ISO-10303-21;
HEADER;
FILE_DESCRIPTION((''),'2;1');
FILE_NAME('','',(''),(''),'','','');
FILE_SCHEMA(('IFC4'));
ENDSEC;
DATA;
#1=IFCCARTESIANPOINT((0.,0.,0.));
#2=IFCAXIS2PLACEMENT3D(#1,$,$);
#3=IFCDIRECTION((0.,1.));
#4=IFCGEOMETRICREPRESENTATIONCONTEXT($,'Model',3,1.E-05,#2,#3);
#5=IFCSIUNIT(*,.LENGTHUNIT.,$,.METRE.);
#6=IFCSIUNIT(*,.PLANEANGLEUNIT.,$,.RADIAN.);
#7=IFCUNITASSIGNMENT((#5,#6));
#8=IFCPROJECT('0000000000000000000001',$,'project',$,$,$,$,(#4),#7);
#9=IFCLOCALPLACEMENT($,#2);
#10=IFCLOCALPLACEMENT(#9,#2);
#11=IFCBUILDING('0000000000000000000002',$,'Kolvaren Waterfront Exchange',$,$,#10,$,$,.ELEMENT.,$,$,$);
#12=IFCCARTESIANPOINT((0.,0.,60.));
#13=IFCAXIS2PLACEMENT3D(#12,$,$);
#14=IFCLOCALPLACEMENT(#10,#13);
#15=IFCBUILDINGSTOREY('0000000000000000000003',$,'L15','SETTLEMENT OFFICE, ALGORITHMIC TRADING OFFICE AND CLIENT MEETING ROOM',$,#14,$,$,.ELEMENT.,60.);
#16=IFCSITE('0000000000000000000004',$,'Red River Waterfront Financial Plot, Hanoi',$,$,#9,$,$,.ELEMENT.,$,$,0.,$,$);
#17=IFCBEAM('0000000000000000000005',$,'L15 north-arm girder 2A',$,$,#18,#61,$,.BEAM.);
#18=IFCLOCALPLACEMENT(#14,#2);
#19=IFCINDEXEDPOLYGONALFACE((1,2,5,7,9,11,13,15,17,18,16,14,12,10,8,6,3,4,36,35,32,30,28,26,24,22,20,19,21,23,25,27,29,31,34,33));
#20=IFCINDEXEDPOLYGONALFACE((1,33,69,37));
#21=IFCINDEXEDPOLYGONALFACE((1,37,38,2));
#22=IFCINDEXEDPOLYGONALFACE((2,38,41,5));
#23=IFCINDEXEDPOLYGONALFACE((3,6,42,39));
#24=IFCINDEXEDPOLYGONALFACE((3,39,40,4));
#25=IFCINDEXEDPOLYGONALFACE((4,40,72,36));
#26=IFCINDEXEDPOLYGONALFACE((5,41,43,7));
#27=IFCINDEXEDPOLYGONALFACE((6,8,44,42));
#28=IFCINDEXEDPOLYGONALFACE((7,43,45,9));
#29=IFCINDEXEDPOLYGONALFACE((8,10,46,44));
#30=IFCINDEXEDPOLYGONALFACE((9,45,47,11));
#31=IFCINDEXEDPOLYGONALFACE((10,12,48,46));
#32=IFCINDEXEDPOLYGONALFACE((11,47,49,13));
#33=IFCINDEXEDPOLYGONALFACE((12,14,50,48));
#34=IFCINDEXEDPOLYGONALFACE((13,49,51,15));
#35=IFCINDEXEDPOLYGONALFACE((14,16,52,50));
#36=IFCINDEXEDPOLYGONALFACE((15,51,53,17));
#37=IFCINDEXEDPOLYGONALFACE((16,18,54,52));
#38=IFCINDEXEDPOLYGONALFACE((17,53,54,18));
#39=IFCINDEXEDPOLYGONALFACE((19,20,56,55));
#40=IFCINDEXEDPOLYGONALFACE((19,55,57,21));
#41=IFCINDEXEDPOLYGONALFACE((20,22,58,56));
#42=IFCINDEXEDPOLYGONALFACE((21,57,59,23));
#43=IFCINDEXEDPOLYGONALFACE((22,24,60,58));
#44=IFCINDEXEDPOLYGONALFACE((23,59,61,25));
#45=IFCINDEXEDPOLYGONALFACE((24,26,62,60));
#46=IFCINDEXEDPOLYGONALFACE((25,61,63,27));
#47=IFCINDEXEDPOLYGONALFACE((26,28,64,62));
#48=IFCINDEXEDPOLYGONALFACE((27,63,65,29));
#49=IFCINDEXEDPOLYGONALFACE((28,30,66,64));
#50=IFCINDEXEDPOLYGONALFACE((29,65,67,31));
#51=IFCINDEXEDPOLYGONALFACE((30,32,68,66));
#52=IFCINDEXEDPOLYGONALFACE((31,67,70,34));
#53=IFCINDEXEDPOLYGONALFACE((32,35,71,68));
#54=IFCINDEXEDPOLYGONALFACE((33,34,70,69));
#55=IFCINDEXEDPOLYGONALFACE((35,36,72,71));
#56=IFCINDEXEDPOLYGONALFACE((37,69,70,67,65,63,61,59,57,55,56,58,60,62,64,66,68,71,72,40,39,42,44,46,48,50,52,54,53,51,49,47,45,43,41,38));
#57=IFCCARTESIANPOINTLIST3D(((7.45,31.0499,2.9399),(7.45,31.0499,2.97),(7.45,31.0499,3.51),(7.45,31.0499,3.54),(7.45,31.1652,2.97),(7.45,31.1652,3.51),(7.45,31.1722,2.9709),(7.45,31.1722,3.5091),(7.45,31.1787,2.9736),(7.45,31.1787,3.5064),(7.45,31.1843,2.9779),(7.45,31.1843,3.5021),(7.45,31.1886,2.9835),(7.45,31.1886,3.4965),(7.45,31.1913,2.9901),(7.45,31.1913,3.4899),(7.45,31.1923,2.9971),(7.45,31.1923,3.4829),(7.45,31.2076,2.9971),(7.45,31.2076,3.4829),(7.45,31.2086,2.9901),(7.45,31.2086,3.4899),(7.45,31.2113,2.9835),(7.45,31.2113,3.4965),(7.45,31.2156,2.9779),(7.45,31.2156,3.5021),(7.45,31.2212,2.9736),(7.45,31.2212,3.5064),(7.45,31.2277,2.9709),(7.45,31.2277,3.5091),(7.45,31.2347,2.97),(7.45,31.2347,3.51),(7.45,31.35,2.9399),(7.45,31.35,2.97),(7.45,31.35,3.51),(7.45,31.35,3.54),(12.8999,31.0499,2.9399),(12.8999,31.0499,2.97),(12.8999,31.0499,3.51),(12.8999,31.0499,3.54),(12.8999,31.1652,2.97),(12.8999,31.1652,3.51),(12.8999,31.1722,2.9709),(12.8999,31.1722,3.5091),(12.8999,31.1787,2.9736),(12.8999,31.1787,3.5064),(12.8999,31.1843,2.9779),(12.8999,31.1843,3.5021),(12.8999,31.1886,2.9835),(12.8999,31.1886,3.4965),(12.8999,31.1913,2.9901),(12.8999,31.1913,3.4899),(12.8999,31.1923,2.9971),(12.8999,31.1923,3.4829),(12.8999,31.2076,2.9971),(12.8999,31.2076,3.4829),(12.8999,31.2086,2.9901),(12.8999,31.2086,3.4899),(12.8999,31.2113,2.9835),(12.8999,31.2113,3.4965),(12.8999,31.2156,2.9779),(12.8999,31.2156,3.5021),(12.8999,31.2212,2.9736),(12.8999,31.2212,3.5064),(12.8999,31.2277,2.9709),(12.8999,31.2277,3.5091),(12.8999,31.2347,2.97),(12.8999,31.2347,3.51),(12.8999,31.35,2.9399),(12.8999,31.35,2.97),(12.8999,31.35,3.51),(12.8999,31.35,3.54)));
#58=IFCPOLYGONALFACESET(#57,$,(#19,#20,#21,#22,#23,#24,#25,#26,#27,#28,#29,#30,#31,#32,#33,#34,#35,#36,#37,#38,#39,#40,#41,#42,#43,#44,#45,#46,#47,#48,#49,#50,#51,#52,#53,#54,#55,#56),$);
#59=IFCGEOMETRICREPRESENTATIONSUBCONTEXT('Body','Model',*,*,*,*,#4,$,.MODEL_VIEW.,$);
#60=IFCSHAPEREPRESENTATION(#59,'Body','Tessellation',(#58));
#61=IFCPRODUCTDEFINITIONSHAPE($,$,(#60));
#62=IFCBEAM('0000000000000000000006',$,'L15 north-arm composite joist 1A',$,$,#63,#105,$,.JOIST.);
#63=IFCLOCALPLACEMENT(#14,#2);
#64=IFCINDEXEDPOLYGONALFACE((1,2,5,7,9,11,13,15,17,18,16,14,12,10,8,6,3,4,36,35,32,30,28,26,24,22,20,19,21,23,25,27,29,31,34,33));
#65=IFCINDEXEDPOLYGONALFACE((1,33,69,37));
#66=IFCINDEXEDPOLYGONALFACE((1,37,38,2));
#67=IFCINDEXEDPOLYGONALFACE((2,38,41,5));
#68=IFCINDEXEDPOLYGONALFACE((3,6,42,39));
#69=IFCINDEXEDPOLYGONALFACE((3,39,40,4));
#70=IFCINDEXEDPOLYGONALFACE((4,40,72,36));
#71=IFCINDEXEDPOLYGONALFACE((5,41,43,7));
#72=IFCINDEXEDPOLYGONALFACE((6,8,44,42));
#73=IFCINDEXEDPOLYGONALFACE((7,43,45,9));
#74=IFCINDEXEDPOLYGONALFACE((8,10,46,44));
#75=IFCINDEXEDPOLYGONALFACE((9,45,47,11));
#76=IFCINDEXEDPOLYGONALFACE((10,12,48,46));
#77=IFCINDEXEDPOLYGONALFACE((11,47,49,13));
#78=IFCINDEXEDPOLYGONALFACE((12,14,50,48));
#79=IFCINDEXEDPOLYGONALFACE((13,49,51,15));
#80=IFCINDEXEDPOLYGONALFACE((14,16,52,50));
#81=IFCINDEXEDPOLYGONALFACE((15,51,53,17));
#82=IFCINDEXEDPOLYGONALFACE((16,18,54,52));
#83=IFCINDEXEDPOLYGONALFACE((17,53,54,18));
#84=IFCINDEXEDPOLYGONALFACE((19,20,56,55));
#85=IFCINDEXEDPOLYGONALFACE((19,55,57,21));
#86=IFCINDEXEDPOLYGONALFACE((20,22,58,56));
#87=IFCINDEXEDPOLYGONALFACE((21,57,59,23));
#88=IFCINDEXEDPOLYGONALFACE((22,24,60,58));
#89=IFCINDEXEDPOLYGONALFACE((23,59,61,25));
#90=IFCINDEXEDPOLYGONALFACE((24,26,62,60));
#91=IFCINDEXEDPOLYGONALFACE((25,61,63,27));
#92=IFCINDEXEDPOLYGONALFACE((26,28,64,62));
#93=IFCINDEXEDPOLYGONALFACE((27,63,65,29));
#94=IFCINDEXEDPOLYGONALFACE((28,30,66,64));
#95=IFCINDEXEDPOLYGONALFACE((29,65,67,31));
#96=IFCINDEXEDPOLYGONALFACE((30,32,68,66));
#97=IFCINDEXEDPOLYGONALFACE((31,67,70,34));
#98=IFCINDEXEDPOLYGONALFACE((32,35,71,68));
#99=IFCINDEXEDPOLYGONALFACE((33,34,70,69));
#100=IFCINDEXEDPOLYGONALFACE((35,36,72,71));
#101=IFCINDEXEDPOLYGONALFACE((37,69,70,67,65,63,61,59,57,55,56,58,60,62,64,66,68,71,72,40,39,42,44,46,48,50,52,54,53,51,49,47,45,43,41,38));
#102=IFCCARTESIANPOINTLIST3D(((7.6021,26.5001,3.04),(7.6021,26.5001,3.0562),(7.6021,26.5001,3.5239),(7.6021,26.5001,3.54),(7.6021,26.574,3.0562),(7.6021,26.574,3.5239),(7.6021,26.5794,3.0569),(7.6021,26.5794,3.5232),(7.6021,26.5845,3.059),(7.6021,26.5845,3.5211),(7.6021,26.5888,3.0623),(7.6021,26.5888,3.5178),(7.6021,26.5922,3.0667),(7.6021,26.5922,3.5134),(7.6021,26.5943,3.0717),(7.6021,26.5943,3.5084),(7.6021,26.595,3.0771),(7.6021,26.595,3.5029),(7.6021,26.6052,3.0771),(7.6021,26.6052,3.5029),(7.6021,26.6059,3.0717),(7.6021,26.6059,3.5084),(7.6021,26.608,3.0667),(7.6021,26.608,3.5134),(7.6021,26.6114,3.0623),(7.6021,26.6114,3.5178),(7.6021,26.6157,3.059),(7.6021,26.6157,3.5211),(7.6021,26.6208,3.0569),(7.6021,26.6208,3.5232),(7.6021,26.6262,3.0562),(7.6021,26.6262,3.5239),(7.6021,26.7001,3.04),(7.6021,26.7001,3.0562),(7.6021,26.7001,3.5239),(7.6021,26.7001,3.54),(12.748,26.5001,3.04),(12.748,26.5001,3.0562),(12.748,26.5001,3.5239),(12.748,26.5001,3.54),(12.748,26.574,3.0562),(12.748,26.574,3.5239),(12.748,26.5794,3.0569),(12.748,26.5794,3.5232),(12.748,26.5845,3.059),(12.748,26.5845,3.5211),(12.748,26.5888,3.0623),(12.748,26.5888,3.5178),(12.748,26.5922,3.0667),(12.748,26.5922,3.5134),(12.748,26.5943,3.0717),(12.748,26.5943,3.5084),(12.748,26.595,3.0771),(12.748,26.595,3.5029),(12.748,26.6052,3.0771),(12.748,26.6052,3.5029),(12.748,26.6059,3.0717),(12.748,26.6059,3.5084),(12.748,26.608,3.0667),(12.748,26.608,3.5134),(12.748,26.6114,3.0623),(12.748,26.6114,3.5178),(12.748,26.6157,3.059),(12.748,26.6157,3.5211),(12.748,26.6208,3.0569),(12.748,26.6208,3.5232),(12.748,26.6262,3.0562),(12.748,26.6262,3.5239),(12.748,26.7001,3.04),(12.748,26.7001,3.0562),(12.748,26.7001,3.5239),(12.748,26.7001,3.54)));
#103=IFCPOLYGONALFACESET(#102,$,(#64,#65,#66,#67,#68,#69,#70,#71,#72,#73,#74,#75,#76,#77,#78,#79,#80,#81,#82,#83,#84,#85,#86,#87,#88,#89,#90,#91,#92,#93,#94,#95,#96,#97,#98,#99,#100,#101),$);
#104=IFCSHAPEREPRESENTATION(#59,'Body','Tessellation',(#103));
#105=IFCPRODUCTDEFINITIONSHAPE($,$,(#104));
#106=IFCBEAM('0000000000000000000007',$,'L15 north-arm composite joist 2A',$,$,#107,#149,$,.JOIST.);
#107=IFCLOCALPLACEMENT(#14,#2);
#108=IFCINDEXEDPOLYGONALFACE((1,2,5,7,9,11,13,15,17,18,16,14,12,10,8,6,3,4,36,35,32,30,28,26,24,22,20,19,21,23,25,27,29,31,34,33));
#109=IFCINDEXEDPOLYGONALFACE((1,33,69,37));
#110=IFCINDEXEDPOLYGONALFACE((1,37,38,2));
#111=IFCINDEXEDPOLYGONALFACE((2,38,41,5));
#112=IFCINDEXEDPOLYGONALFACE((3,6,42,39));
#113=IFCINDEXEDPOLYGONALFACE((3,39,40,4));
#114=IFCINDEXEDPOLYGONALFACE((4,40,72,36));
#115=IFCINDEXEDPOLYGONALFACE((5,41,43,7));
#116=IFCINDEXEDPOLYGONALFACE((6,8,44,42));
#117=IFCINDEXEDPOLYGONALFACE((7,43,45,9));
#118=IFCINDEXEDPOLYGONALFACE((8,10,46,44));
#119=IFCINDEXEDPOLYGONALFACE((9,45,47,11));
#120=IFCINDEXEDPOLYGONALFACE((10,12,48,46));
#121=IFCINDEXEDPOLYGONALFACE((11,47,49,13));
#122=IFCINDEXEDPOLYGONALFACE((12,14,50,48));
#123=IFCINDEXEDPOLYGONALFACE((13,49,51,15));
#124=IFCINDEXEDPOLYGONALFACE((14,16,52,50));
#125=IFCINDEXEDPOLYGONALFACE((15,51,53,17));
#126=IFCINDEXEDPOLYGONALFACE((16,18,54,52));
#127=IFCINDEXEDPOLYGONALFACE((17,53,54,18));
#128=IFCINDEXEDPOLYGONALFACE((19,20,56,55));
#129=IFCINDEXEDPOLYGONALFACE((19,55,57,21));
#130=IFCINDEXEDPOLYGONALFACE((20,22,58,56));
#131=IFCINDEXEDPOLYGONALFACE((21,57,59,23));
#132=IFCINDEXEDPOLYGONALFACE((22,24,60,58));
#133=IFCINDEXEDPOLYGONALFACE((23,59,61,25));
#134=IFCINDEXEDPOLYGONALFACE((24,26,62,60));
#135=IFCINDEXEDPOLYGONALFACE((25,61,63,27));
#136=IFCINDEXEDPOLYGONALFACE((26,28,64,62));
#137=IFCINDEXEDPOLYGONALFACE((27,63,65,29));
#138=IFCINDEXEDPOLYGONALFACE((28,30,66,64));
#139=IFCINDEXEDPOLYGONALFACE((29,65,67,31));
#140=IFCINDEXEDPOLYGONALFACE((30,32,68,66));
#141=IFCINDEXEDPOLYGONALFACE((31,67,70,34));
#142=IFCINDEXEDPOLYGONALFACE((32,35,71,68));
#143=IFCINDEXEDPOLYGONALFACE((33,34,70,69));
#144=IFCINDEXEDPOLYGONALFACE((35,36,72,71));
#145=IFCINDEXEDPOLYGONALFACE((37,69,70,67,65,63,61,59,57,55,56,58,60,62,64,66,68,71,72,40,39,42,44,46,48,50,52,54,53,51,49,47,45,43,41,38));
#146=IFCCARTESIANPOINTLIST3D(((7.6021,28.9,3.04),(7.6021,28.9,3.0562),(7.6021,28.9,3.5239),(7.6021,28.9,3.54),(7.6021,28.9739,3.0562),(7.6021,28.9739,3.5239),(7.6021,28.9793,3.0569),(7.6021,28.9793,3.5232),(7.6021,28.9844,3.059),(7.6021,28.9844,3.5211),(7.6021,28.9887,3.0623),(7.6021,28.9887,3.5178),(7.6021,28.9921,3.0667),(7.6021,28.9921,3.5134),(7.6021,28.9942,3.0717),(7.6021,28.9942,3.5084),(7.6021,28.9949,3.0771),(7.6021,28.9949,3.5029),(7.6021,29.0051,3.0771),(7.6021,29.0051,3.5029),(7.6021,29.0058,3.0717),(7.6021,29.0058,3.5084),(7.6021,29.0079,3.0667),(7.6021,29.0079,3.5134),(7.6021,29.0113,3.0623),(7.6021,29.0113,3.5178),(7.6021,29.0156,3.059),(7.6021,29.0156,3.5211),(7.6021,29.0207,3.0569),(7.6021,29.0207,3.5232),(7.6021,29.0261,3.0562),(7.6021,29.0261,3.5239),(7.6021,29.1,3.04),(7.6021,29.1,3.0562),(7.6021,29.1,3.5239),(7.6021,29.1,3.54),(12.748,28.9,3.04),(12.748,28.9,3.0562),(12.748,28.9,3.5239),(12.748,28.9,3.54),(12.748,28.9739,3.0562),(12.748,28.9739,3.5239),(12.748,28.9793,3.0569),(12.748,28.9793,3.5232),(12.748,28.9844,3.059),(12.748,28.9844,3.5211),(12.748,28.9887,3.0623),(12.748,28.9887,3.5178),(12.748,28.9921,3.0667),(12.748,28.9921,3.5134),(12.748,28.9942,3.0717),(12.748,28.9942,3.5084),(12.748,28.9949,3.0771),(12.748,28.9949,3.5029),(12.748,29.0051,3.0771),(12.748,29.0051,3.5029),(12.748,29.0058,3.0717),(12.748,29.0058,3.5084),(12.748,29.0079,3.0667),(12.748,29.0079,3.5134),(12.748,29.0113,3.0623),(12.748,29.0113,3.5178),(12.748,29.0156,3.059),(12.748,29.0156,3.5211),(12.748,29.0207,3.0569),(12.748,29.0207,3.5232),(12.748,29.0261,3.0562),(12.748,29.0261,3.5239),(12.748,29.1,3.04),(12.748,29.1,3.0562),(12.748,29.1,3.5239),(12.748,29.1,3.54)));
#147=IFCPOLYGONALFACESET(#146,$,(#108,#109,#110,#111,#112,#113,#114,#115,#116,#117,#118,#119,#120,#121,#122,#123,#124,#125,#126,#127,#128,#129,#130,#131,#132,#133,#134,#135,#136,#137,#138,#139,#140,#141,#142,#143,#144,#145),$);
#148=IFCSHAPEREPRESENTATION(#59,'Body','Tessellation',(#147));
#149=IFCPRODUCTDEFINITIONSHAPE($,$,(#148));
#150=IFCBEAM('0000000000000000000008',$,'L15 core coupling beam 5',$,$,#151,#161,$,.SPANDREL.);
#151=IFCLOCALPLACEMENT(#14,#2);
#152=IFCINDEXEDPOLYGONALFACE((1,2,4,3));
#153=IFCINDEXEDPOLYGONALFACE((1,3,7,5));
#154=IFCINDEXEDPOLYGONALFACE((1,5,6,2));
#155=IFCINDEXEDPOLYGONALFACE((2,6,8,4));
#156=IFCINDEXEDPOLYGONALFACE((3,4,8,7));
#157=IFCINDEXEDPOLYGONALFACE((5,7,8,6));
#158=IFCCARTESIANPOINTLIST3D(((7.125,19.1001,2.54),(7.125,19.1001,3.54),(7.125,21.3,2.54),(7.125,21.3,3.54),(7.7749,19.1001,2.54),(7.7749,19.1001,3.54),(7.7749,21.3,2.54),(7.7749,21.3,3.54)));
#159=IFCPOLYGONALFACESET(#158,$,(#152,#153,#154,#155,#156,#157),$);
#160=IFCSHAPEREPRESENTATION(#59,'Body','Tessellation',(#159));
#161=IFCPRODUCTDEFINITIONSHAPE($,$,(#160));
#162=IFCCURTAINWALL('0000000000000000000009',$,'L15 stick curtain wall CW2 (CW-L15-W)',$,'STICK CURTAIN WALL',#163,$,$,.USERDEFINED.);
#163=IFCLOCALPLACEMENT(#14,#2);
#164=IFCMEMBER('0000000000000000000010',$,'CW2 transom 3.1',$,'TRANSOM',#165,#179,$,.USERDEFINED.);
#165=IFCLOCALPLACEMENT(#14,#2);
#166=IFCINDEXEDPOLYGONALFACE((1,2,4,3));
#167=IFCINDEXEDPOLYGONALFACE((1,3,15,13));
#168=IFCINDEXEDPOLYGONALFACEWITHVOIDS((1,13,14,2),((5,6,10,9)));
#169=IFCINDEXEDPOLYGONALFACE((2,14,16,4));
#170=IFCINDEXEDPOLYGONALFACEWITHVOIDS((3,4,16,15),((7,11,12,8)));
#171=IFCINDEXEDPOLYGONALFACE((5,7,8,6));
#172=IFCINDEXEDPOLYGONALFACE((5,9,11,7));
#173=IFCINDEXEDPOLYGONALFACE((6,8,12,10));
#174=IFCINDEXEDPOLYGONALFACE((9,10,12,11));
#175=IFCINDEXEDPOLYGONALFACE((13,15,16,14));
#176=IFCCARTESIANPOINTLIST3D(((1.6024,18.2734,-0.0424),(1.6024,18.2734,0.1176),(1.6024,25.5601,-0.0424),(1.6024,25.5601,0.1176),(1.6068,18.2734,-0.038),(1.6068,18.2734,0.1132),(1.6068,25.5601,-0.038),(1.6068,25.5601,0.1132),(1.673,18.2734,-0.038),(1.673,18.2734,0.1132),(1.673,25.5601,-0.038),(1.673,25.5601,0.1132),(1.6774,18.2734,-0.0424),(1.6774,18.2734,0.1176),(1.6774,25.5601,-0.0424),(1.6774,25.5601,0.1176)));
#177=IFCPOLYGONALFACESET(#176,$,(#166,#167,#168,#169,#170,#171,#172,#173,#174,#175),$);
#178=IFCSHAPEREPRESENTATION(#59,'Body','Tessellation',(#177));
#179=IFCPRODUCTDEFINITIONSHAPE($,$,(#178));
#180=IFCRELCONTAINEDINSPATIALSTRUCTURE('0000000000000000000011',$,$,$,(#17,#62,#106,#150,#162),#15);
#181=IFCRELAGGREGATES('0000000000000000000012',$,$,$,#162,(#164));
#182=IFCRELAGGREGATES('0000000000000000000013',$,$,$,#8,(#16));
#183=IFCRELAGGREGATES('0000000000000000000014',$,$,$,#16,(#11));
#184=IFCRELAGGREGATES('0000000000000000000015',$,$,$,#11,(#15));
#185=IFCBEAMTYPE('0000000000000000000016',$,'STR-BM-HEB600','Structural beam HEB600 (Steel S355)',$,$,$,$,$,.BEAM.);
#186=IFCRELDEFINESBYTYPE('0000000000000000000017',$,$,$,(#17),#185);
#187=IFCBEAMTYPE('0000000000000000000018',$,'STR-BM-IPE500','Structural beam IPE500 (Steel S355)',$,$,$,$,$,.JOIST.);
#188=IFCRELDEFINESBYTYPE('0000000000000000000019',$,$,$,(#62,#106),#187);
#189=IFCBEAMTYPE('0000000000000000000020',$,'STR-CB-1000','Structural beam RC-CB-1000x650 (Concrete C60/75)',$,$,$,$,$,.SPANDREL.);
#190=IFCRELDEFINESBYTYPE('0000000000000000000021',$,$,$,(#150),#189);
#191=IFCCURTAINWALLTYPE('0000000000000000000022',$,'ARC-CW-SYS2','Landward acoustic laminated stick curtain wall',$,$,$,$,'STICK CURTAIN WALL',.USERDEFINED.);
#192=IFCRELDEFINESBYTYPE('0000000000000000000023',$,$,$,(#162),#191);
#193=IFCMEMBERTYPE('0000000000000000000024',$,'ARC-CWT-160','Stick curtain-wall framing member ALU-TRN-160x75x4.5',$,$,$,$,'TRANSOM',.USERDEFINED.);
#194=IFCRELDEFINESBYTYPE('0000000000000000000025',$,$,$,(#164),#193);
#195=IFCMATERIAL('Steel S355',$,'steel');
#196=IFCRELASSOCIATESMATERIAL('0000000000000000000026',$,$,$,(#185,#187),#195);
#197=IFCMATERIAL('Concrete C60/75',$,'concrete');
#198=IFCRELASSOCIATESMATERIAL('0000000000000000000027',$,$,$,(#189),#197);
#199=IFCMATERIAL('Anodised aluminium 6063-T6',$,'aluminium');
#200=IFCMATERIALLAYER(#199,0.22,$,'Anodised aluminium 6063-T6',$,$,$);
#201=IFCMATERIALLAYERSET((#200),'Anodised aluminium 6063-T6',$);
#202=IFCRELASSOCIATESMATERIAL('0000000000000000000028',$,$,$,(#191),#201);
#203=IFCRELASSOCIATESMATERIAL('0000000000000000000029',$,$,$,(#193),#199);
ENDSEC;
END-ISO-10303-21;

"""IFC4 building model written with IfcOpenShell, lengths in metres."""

from ifc_helpers import new_model, si_unit, direction, frame, origin, origin_with_axes, origin_2d, place, context, subcontext, project, spatial, rectangle, hollow_rectangle, i_section, extrude, source, transform, mapped, material, layer, layer_set, material_profile, profile_set, type_object, element, aggregate, save


model = new_model("IFC4")

# Units and contexts
model_context = context("Model", 3, precision=1e-05, world=origin(), true_north=direction((0.0, 1.0)))
body_context = subcontext(model_context, "Body", "Model", "MODEL_VIEW")
ifc_project = project(units=[si_unit("LENGTHUNIT", "METRE"), si_unit("PLANEANGLEUNIT", "RADIAN")], contexts=[model_context])

# Site, building, storey
site_placement = place(None, origin())
site = spatial("IfcSite", under=ifc_project, at=site_placement, Name="Red River Waterfront Financial Plot, Hanoi", CompositionType="ELEMENT", RefElevation=0.0)
building_placement = place(site_placement, origin())
building = spatial("IfcBuilding", under=site, at=building_placement, Name="Kolvaren Waterfront Exchange", CompositionType="ELEMENT")
storey_placement = place(building_placement, frame((0.0, 0.0, 60.0)))
storey = spatial("IfcBuildingStorey", under=building, at=storey_placement, Name="L15", Description="SETTLEMENT OFFICE, ALGORITHMIC TRADING OFFICE AND CLIENT MEETING ROOM", CompositionType="ELEMENT", Elevation=60.0)

# Beams
ifc_material_1 = material(Name="Steel S355", Category="steel")
ifc_material_profile_1 = material_profile(ifc_material_1, i_section(OverallWidth=0.3, OverallDepth=0.6001, WebThickness=0.0154, FlangeThickness=0.03, FilletRadius=0.0271, at=origin_2d()), Name="HEB600")
ifc_profile_set_1 = profile_set([ifc_material_profile_1], Name="Steel S355")
beam_type_1 = type_object("IfcBeamType", Name="STR-BM-HEB600", Description="Structural beam HEB600 (Steel S355)", PredefinedType="BEAM", material=ifc_profile_set_1)
for number, where, z_axis, x_axis, name in (
    (1, (7.45, 31.2, 3.24), (1.0, 0.0, 0.0), (0.0, 1.0, 0.0), "L15 north-arm girder 2A"),
):
    element("IfcBeam", number, at=place(storey_placement, frame(where, z_axis=z_axis, x_axis=x_axis)), inside=storey, type_object=beam_type_1, Name=name, PredefinedType="BEAM", context=body_context, shape_type="SweptSolid", body=[
        extrude(i_section(OverallWidth=0.3, OverallDepth=0.6001, WebThickness=0.0154, FlangeThickness=0.03, FilletRadius=0.0271, at=origin_2d()), origin(), (0.0, 0.0, 1.0), 5.45),
    ])
ifc_material_profile_2 = material_profile(ifc_material_1, i_section(OverallWidth=0.2, OverallDepth=0.5, WebThickness=0.0103, FlangeThickness=0.0161, FilletRadius=0.021, at=origin_2d()), Name="IPE500")
ifc_profile_set_2 = profile_set([ifc_material_profile_2], Name="Steel S355")
beam_type_2 = type_object("IfcBeamType", Name="STR-BM-IPE500", Description="Structural beam IPE500 (Steel S355)", PredefinedType="JOIST", material=ifc_profile_set_2)
for number, where, z_axis, x_axis, name in (
    (2, (7.6021, 26.6001, 3.29), (1.0, 0.0, 0.0), (0.0, 1.0, 0.0), "L15 north-arm composite joist 1A"),
    (3, (7.6021, 29.0, 3.29), (1.0, 0.0, 0.0), (0.0, 1.0, 0.0), "L15 north-arm composite joist 2A"),
):
    element("IfcBeam", number, at=place(storey_placement, frame(where, z_axis=z_axis, x_axis=x_axis)), inside=storey, type_object=beam_type_2, Name=name, PredefinedType="JOIST", context=body_context, shape_type="SweptSolid", body=[
        extrude(i_section(OverallWidth=0.2, OverallDepth=0.5, WebThickness=0.0103, FlangeThickness=0.0161, FilletRadius=0.021, at=origin_2d()), origin(), (0.0, 0.0, 1.0), 5.146),
    ])
ifc_material_2 = material(Name="Concrete C60/75", Category="concrete")
ifc_material_profile_3 = material_profile(ifc_material_2, rectangle(XDim=0.6499, YDim=1.0, at=origin_2d()), Name="RC-CB-1000x650")
ifc_profile_set_3 = profile_set([ifc_material_profile_3], Name="Concrete C60/75")
beam_type_3 = type_object("IfcBeamType", Name="STR-CB-1000", Description="Structural beam RC-CB-1000x650 (Concrete C60/75)", PredefinedType="SPANDREL", material=ifc_profile_set_3)
beam_1_placement = place(storey_placement, frame((7.45, 19.1001, 3.04), z_axis=(0.0, 1.0, 0.0), x_axis=(-1.0, 0.0, 0.0)))
element("IfcBeam", 4, at=beam_1_placement, inside=storey, type_object=beam_type_3, Name="L15 core coupling beam 5", PredefinedType="SPANDREL", context=body_context, shape_type="SweptSolid", body=[
    extrude(rectangle(XDim=0.6499, YDim=1.0, at=origin_2d()), origin(), (0.0, 0.0, 1.0), 2.2),
])

# Curtain wall, member
ifc_material_3 = material(Name="Anodised aluminium 6063-T6", Category="aluminium")
ifc_layer_1 = layer(ifc_material_3, 0.22, Name="Anodised aluminium 6063-T6")
ifc_layer_set_1 = layer_set([ifc_layer_1], Name="Anodised aluminium 6063-T6")
curtain_wall_type = type_object("IfcCurtainWallType", Name="ARC-CW-SYS2", Description="Landward acoustic laminated stick curtain wall", ElementType="STICK CURTAIN WALL", PredefinedType="USERDEFINED", material=ifc_layer_set_1)
curtain_wall_placement = place(storey_placement, origin())
curtain_wall = element("IfcCurtainWall", 5, at=curtain_wall_placement, inside=storey, type_object=curtain_wall_type, Name="L15 stick curtain wall CW2 (CW-L15-W)", ObjectType="STICK CURTAIN WALL", PredefinedType="USERDEFINED")
ifc_material_profile_4 = material_profile(ifc_material_3, hollow_rectangle(XDim=0.075, YDim=0.1599, WallThickness=0.0044, at=origin_2d()), Name="ALU-TRN-160x75x4.5")
ifc_profile_set_4 = profile_set([ifc_material_profile_4], Name="Anodised aluminium 6063-T6")
member_type_1 = type_object("IfcMemberType", Name="ARC-CWT-160", Description="Stick curtain-wall framing member ALU-TRN-160x75x4.5", ElementType="TRANSOM", PredefinedType="USERDEFINED", material=ifc_profile_set_4)
shared_shape_1 = source(origin_with_axes(), body_context, "Body", "SweptSolid", [
    extrude(hollow_rectangle(XDim=0.075, YDim=0.1599, WallThickness=0.0044, at=origin_2d()), origin(), (0.0, 0.0, 1.0), 7.2866),
])
member_1_placement = place(storey_placement, frame((1.6399, 18.2734, 0.0376), z_axis=(0.0, 1.0, 0.0), x_axis=(-1.0, 0.0, 0.0)))
member_1 = element("IfcMember", 6, at=member_1_placement, type_object=member_type_1, Name="CW2 transom 3.1", ObjectType="TRANSOM", PredefinedType="USERDEFINED", context=body_context, shape_type="MappedRepresentation", body=[
    mapped(shared_shape_1, transform((0.0, 0.0, 0.0), x_axis=(1.0, 0.0, 0.0), y_axis=(0.0, 1.0, 0.0), z_axis=(0.0, 0.0, 1.0), scale=1.0)),
])
aggregate(curtain_wall, [member_1])

save(model, "model.ifc")
